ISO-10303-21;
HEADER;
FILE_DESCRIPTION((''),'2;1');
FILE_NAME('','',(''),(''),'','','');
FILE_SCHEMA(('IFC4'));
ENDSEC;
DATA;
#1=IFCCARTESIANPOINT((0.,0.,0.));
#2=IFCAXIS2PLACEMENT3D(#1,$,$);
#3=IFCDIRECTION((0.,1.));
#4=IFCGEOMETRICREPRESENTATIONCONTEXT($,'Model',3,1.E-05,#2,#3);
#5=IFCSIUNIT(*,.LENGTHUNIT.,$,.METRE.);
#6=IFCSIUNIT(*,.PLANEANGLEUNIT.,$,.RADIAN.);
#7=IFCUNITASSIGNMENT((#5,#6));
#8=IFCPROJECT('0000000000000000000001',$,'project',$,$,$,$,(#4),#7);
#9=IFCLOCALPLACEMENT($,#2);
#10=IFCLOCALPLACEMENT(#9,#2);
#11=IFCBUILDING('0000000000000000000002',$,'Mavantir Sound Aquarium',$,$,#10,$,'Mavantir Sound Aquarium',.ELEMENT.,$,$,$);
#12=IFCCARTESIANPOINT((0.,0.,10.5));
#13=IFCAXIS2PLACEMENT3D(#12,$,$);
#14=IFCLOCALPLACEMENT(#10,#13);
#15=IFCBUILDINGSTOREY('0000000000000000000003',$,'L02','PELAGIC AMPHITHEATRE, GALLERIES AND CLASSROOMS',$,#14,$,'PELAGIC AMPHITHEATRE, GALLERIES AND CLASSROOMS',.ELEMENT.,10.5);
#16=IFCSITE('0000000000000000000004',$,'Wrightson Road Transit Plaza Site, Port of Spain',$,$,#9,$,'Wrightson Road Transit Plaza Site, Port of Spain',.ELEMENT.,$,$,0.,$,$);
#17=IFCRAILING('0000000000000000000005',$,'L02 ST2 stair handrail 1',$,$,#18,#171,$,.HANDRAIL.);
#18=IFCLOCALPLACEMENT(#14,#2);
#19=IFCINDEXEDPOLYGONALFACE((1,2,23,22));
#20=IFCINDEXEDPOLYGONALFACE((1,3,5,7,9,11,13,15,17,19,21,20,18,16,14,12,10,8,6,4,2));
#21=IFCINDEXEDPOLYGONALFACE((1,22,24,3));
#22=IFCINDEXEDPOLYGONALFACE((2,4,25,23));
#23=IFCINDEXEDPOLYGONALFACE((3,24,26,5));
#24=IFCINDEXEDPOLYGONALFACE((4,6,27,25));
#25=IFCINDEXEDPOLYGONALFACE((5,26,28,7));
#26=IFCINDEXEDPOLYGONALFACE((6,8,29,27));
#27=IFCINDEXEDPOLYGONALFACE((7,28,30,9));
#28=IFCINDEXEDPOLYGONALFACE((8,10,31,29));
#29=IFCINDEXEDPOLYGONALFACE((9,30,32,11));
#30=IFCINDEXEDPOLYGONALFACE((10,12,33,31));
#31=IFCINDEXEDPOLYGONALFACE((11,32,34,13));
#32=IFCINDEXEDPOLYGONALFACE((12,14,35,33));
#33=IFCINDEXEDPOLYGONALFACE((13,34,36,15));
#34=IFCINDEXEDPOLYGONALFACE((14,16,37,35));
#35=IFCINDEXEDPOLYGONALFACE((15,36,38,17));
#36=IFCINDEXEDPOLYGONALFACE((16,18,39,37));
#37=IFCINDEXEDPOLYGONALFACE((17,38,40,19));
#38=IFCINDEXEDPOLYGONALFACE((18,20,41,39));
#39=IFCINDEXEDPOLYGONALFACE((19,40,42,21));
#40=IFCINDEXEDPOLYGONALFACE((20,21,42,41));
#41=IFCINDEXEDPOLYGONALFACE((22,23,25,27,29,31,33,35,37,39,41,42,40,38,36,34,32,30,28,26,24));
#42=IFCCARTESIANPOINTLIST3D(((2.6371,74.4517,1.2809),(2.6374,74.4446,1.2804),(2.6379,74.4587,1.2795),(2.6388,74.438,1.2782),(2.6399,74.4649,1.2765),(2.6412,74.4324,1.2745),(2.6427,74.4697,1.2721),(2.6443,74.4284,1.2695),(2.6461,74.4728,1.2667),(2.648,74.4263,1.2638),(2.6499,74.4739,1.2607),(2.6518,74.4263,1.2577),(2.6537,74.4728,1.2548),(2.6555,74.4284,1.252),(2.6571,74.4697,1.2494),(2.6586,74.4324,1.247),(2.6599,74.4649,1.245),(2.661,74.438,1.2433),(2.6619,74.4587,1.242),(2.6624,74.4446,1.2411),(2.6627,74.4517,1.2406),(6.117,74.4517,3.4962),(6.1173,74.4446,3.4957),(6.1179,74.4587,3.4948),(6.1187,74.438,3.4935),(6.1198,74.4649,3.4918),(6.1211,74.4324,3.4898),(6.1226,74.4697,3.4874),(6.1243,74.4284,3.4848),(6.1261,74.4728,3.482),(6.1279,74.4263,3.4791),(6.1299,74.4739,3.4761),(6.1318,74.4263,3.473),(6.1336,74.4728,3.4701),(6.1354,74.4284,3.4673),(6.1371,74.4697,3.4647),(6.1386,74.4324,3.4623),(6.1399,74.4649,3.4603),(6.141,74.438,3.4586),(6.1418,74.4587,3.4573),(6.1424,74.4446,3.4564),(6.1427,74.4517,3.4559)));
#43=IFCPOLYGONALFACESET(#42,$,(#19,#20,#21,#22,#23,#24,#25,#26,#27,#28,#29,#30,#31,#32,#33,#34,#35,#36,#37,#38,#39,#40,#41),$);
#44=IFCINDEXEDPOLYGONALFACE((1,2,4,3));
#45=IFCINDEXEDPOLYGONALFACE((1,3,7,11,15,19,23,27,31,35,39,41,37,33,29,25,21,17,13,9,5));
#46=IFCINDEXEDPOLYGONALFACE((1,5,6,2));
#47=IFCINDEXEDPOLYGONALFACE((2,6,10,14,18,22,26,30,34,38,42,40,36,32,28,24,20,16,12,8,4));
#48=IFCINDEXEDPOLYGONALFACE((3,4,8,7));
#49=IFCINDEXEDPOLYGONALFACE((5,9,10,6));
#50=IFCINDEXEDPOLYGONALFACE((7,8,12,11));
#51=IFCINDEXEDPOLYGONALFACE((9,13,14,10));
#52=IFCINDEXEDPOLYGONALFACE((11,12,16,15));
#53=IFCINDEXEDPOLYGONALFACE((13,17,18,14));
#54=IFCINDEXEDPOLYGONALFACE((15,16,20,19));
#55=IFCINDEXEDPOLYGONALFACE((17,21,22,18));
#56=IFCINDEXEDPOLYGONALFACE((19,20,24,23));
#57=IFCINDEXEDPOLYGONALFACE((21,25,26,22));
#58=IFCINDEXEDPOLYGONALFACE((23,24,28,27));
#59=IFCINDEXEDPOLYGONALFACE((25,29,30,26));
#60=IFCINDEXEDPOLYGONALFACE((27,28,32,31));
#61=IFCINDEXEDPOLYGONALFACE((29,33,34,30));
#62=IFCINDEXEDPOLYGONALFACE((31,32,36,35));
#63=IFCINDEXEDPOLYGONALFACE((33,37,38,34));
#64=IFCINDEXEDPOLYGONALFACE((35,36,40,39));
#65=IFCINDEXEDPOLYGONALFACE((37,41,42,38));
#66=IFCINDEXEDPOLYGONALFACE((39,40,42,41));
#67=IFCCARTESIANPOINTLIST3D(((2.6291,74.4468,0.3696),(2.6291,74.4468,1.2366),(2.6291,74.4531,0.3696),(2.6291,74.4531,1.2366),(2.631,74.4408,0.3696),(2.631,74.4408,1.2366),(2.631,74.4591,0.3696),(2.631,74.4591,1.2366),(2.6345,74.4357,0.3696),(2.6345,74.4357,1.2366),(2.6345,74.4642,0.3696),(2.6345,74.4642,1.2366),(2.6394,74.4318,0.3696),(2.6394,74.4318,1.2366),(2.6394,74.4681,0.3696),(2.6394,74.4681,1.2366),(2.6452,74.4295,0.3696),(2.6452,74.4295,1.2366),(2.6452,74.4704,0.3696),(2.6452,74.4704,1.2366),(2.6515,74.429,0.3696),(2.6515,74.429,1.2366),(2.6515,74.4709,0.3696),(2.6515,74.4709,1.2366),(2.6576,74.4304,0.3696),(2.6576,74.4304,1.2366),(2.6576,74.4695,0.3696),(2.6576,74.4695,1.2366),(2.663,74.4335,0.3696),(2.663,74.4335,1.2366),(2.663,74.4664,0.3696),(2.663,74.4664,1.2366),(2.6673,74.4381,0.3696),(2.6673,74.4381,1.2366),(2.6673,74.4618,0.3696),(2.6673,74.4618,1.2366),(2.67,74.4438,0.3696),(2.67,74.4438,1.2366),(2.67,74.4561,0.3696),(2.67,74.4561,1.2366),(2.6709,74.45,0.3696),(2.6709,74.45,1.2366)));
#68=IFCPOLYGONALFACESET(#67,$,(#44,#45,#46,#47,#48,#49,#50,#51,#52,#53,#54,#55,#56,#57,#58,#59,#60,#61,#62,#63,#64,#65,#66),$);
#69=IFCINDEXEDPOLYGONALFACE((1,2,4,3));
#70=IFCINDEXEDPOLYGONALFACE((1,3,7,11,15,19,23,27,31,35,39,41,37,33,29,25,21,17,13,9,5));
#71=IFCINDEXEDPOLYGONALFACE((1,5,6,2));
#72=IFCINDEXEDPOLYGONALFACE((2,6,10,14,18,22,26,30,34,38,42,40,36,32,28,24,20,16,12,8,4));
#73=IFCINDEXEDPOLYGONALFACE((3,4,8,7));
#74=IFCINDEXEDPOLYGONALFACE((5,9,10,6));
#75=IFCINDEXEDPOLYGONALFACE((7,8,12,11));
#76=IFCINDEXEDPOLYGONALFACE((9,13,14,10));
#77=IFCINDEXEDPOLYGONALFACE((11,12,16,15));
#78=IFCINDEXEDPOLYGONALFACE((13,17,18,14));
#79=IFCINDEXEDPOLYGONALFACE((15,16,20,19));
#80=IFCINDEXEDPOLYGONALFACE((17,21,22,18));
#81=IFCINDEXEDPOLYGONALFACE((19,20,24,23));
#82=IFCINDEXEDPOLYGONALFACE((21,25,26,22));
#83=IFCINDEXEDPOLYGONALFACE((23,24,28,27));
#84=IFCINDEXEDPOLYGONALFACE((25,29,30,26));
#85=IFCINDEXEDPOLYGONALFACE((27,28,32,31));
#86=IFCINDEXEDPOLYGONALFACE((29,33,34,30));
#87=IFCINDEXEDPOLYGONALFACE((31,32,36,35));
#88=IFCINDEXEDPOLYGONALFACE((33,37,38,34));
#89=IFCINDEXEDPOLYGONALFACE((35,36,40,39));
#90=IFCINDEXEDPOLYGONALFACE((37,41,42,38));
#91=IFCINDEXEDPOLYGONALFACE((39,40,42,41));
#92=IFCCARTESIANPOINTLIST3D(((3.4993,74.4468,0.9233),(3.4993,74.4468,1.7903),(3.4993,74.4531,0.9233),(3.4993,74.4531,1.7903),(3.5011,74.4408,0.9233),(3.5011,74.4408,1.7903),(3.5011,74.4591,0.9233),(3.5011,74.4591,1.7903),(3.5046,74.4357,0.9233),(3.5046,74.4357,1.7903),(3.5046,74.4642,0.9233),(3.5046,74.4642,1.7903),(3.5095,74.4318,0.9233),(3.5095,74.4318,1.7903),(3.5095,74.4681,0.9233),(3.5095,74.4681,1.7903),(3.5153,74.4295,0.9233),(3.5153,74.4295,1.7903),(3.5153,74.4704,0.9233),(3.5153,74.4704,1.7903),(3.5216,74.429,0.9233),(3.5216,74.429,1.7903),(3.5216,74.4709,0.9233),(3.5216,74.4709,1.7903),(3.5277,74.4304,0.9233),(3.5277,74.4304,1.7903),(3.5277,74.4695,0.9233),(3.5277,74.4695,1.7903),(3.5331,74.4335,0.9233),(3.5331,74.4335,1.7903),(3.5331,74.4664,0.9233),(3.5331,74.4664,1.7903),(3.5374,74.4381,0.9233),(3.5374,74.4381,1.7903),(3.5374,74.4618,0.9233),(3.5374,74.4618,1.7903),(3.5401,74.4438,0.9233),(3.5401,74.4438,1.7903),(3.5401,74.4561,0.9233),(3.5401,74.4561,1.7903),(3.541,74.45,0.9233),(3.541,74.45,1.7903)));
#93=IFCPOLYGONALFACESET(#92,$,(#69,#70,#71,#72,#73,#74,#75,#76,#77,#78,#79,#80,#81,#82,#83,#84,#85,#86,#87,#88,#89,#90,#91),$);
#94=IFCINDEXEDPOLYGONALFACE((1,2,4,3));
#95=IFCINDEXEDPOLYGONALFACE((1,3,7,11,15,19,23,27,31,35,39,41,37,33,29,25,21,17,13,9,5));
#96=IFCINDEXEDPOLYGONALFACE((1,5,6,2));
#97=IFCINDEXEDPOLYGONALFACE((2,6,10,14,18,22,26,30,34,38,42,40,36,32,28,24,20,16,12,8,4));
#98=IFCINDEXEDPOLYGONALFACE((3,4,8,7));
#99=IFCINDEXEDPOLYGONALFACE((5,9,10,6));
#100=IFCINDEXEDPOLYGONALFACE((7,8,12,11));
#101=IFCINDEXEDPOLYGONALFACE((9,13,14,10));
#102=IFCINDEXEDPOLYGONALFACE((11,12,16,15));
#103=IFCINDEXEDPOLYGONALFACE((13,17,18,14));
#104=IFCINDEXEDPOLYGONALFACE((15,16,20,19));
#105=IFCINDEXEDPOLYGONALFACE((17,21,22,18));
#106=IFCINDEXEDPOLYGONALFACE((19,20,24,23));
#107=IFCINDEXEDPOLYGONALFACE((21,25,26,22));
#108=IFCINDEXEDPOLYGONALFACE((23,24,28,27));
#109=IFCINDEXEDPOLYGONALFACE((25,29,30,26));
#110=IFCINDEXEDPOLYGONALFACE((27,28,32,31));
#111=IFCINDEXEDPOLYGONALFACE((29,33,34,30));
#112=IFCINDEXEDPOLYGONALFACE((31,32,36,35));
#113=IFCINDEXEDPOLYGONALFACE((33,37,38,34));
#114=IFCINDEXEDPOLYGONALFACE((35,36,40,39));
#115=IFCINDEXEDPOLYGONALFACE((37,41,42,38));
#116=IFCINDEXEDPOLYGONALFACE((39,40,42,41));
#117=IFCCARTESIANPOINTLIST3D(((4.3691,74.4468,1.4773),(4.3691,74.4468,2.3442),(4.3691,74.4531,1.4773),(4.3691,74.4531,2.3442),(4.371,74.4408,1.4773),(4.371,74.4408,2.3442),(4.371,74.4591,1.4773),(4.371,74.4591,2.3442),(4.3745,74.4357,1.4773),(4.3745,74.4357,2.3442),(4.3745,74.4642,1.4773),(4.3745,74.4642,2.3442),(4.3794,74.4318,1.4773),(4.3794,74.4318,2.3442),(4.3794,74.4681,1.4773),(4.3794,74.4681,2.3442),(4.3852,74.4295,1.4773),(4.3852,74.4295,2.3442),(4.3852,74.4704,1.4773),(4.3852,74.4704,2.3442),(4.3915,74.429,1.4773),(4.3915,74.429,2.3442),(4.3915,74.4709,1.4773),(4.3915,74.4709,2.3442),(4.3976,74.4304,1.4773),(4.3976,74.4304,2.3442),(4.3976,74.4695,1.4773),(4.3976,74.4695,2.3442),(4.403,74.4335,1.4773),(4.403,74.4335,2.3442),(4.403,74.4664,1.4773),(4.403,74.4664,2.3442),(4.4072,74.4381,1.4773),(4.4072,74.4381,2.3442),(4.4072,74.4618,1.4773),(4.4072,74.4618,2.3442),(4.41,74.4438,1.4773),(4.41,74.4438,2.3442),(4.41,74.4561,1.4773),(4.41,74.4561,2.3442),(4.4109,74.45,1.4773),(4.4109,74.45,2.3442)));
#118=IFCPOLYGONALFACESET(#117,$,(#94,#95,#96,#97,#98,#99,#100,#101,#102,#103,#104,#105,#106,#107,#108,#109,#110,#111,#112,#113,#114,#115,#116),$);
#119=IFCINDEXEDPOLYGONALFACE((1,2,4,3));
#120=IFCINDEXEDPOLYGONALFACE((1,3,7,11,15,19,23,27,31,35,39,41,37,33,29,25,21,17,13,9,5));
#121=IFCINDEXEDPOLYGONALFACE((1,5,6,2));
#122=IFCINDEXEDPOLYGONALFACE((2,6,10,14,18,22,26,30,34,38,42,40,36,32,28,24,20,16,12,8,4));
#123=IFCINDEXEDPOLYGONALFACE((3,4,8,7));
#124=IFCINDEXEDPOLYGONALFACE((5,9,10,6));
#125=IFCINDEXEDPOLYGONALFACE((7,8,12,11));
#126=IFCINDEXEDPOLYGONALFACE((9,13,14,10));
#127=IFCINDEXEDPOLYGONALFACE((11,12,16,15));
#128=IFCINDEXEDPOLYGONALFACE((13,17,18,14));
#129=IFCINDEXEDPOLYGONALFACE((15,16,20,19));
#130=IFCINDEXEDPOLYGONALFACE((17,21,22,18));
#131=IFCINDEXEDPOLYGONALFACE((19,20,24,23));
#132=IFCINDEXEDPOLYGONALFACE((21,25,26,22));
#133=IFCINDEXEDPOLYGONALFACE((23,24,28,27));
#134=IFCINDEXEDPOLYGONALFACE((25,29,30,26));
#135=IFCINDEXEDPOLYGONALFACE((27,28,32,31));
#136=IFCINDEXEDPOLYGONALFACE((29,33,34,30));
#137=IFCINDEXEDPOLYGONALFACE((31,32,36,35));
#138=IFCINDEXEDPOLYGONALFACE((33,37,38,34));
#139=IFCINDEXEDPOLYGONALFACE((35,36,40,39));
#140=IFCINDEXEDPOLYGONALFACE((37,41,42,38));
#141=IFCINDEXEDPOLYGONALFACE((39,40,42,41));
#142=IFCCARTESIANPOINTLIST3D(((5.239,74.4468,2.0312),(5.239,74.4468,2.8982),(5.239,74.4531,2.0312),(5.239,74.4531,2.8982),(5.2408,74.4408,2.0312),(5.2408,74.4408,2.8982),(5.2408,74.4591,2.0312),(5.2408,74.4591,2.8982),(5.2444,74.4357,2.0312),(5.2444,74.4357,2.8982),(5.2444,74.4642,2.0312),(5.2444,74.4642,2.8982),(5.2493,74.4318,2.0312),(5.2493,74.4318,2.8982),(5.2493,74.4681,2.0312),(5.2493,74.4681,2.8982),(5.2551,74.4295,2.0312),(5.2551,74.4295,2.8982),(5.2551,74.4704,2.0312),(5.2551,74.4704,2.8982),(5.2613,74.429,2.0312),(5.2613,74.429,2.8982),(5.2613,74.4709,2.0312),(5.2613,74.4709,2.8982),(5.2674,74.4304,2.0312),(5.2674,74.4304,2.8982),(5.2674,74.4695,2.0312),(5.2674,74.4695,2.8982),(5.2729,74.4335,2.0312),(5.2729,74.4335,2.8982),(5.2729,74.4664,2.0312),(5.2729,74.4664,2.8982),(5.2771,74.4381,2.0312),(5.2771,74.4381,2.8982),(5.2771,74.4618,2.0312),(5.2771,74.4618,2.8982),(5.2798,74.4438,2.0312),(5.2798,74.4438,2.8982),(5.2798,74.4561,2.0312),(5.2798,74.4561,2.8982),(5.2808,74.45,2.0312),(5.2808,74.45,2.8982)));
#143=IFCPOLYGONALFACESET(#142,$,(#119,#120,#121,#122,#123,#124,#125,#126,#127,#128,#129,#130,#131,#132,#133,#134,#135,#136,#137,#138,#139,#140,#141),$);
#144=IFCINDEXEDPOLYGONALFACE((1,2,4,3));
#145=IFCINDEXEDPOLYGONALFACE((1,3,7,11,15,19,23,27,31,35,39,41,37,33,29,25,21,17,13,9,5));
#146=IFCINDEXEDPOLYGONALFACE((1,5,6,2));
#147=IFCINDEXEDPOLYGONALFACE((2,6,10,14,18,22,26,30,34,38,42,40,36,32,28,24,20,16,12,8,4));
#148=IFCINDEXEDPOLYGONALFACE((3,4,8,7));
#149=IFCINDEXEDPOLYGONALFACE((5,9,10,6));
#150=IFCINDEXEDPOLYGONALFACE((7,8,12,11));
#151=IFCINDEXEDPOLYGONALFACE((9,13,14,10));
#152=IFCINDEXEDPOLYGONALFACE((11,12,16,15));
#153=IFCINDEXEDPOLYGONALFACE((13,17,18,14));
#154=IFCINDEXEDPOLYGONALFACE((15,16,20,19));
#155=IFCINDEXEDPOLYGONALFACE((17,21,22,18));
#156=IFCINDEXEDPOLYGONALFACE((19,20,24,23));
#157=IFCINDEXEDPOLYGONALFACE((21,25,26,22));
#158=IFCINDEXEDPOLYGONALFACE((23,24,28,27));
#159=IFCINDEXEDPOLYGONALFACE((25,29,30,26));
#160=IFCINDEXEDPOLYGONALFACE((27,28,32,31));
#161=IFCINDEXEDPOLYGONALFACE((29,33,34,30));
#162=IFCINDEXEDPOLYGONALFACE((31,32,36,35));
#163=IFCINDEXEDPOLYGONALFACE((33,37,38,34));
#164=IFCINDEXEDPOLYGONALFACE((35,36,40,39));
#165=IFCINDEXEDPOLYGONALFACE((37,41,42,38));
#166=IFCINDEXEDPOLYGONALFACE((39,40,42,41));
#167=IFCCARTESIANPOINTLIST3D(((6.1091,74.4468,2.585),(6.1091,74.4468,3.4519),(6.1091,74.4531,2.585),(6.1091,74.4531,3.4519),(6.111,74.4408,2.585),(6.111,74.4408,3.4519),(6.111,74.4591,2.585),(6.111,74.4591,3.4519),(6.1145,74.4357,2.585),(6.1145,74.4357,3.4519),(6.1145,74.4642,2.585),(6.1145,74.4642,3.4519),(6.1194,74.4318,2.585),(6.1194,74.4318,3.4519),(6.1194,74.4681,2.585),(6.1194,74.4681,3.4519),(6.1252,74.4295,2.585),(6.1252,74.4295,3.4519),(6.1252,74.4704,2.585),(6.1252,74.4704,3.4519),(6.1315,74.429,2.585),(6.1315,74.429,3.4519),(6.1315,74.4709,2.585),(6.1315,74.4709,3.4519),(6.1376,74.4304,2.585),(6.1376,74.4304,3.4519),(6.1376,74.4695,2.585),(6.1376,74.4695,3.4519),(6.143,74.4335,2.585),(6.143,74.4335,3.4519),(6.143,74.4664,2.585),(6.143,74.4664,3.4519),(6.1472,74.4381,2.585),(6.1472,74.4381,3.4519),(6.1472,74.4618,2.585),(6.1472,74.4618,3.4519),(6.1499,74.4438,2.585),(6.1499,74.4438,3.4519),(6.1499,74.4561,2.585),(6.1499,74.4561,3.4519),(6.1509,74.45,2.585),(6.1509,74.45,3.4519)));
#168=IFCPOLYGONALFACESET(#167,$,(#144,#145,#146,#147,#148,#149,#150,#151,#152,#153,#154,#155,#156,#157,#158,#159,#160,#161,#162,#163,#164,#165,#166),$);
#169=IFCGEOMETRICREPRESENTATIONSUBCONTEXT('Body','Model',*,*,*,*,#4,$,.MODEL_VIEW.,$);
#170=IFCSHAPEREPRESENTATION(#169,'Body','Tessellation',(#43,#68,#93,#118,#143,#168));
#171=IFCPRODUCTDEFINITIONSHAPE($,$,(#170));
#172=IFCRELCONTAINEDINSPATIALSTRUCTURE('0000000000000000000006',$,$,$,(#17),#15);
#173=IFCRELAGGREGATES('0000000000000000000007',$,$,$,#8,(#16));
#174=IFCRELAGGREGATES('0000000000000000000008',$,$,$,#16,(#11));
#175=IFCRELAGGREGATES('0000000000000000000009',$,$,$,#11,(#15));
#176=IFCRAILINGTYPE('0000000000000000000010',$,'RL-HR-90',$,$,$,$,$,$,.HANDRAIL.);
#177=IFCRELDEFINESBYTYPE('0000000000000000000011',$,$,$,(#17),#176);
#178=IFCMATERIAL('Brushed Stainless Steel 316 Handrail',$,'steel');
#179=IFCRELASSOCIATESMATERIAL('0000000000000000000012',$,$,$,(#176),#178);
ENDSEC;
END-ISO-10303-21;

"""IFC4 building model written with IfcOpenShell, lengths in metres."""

from ifc_helpers import new_model, si_unit, direction, frame, origin, origin_2d, place, context, subcontext, project, spatial, circle, extrude, material, type_object, element, save


model = new_model("IFC4")

# Units and contexts
model_context = context("Model", 3, precision=1e-05, world=origin(), true_north=direction((0.0, 1.0)))
body_context = subcontext(model_context, "Body", "Model", "MODEL_VIEW")
ifc_project = project(units=[si_unit("LENGTHUNIT", "METRE"), si_unit("PLANEANGLEUNIT", "RADIAN")], contexts=[model_context])

# Site, building, storey
site_placement = place(None, origin())
site = spatial("IfcSite", under=ifc_project, at=site_placement, Name="Wrightson Road Transit Plaza Site, Port of Spain", LongName="Wrightson Road Transit Plaza Site, Port of Spain", CompositionType="ELEMENT", RefElevation=0.0)
building_placement = place(site_placement, origin())
building = spatial("IfcBuilding", under=site, at=building_placement, Name="Mavantir Sound Aquarium", LongName="Mavantir Sound Aquarium", CompositionType="ELEMENT")
storey_placement = place(building_placement, frame((0.0, 0.0, 10.5)))
storey = spatial("IfcBuildingStorey", under=building, at=storey_placement, Name="L02", Description="PELAGIC AMPHITHEATRE, GALLERIES AND CLASSROOMS", LongName="PELAGIC AMPHITHEATRE, GALLERIES AND CLASSROOMS", CompositionType="ELEMENT", Elevation=10.5)

# Railing
ifc_material_1 = material(Name="Brushed Stainless Steel 316 Handrail", Category="steel")
railing_type_1 = type_object("IfcRailingType", Name="RL-HR-90", PredefinedType="HANDRAIL", material=ifc_material_1)
railing_1_placement = place(storey_placement, frame((2.6499, 74.45, 0.3696)))
element("IfcRailing", 1, at=railing_1_placement, inside=storey, type_object=railing_type_1, Name="L02 ST2 stair handrail 1", PredefinedType="HANDRAIL", context=body_context, shape_type="SweptSolid", body=[
    extrude(circle(Radius=0.0239, at=origin_2d()), frame((0.0, 0.0, 0.8911), z_axis=(0.843574, 0.0, 0.537013), x_axis=(0.0, 1.0, 0.0)), (0.0, 0.0, 1.0), 4.1252),
    extrude(circle(Radius=0.021, at=origin_2d()), origin(), (0.0, 0.0, 1.0), 0.8669),
    extrude(circle(Radius=0.021, at=origin_2d()), frame((0.8701, 0.0, 0.5537)), (0.0, 0.0, 1.0), 0.8669),
    extrude(circle(Radius=0.021, at=origin_2d()), frame((1.74, 0.0, 1.1077)), (0.0, 0.0, 1.0), 0.8669),
    extrude(circle(Radius=0.021, at=origin_2d()), frame((2.6099, 0.0, 1.6616)), (0.0, 0.0, 1.0), 0.8669),
    extrude(circle(Radius=0.021, at=origin_2d()), frame((3.48, 0.0, 2.2153)), (0.0, 0.0, 1.0), 0.8669),
])

save(model, "model.ifc")
